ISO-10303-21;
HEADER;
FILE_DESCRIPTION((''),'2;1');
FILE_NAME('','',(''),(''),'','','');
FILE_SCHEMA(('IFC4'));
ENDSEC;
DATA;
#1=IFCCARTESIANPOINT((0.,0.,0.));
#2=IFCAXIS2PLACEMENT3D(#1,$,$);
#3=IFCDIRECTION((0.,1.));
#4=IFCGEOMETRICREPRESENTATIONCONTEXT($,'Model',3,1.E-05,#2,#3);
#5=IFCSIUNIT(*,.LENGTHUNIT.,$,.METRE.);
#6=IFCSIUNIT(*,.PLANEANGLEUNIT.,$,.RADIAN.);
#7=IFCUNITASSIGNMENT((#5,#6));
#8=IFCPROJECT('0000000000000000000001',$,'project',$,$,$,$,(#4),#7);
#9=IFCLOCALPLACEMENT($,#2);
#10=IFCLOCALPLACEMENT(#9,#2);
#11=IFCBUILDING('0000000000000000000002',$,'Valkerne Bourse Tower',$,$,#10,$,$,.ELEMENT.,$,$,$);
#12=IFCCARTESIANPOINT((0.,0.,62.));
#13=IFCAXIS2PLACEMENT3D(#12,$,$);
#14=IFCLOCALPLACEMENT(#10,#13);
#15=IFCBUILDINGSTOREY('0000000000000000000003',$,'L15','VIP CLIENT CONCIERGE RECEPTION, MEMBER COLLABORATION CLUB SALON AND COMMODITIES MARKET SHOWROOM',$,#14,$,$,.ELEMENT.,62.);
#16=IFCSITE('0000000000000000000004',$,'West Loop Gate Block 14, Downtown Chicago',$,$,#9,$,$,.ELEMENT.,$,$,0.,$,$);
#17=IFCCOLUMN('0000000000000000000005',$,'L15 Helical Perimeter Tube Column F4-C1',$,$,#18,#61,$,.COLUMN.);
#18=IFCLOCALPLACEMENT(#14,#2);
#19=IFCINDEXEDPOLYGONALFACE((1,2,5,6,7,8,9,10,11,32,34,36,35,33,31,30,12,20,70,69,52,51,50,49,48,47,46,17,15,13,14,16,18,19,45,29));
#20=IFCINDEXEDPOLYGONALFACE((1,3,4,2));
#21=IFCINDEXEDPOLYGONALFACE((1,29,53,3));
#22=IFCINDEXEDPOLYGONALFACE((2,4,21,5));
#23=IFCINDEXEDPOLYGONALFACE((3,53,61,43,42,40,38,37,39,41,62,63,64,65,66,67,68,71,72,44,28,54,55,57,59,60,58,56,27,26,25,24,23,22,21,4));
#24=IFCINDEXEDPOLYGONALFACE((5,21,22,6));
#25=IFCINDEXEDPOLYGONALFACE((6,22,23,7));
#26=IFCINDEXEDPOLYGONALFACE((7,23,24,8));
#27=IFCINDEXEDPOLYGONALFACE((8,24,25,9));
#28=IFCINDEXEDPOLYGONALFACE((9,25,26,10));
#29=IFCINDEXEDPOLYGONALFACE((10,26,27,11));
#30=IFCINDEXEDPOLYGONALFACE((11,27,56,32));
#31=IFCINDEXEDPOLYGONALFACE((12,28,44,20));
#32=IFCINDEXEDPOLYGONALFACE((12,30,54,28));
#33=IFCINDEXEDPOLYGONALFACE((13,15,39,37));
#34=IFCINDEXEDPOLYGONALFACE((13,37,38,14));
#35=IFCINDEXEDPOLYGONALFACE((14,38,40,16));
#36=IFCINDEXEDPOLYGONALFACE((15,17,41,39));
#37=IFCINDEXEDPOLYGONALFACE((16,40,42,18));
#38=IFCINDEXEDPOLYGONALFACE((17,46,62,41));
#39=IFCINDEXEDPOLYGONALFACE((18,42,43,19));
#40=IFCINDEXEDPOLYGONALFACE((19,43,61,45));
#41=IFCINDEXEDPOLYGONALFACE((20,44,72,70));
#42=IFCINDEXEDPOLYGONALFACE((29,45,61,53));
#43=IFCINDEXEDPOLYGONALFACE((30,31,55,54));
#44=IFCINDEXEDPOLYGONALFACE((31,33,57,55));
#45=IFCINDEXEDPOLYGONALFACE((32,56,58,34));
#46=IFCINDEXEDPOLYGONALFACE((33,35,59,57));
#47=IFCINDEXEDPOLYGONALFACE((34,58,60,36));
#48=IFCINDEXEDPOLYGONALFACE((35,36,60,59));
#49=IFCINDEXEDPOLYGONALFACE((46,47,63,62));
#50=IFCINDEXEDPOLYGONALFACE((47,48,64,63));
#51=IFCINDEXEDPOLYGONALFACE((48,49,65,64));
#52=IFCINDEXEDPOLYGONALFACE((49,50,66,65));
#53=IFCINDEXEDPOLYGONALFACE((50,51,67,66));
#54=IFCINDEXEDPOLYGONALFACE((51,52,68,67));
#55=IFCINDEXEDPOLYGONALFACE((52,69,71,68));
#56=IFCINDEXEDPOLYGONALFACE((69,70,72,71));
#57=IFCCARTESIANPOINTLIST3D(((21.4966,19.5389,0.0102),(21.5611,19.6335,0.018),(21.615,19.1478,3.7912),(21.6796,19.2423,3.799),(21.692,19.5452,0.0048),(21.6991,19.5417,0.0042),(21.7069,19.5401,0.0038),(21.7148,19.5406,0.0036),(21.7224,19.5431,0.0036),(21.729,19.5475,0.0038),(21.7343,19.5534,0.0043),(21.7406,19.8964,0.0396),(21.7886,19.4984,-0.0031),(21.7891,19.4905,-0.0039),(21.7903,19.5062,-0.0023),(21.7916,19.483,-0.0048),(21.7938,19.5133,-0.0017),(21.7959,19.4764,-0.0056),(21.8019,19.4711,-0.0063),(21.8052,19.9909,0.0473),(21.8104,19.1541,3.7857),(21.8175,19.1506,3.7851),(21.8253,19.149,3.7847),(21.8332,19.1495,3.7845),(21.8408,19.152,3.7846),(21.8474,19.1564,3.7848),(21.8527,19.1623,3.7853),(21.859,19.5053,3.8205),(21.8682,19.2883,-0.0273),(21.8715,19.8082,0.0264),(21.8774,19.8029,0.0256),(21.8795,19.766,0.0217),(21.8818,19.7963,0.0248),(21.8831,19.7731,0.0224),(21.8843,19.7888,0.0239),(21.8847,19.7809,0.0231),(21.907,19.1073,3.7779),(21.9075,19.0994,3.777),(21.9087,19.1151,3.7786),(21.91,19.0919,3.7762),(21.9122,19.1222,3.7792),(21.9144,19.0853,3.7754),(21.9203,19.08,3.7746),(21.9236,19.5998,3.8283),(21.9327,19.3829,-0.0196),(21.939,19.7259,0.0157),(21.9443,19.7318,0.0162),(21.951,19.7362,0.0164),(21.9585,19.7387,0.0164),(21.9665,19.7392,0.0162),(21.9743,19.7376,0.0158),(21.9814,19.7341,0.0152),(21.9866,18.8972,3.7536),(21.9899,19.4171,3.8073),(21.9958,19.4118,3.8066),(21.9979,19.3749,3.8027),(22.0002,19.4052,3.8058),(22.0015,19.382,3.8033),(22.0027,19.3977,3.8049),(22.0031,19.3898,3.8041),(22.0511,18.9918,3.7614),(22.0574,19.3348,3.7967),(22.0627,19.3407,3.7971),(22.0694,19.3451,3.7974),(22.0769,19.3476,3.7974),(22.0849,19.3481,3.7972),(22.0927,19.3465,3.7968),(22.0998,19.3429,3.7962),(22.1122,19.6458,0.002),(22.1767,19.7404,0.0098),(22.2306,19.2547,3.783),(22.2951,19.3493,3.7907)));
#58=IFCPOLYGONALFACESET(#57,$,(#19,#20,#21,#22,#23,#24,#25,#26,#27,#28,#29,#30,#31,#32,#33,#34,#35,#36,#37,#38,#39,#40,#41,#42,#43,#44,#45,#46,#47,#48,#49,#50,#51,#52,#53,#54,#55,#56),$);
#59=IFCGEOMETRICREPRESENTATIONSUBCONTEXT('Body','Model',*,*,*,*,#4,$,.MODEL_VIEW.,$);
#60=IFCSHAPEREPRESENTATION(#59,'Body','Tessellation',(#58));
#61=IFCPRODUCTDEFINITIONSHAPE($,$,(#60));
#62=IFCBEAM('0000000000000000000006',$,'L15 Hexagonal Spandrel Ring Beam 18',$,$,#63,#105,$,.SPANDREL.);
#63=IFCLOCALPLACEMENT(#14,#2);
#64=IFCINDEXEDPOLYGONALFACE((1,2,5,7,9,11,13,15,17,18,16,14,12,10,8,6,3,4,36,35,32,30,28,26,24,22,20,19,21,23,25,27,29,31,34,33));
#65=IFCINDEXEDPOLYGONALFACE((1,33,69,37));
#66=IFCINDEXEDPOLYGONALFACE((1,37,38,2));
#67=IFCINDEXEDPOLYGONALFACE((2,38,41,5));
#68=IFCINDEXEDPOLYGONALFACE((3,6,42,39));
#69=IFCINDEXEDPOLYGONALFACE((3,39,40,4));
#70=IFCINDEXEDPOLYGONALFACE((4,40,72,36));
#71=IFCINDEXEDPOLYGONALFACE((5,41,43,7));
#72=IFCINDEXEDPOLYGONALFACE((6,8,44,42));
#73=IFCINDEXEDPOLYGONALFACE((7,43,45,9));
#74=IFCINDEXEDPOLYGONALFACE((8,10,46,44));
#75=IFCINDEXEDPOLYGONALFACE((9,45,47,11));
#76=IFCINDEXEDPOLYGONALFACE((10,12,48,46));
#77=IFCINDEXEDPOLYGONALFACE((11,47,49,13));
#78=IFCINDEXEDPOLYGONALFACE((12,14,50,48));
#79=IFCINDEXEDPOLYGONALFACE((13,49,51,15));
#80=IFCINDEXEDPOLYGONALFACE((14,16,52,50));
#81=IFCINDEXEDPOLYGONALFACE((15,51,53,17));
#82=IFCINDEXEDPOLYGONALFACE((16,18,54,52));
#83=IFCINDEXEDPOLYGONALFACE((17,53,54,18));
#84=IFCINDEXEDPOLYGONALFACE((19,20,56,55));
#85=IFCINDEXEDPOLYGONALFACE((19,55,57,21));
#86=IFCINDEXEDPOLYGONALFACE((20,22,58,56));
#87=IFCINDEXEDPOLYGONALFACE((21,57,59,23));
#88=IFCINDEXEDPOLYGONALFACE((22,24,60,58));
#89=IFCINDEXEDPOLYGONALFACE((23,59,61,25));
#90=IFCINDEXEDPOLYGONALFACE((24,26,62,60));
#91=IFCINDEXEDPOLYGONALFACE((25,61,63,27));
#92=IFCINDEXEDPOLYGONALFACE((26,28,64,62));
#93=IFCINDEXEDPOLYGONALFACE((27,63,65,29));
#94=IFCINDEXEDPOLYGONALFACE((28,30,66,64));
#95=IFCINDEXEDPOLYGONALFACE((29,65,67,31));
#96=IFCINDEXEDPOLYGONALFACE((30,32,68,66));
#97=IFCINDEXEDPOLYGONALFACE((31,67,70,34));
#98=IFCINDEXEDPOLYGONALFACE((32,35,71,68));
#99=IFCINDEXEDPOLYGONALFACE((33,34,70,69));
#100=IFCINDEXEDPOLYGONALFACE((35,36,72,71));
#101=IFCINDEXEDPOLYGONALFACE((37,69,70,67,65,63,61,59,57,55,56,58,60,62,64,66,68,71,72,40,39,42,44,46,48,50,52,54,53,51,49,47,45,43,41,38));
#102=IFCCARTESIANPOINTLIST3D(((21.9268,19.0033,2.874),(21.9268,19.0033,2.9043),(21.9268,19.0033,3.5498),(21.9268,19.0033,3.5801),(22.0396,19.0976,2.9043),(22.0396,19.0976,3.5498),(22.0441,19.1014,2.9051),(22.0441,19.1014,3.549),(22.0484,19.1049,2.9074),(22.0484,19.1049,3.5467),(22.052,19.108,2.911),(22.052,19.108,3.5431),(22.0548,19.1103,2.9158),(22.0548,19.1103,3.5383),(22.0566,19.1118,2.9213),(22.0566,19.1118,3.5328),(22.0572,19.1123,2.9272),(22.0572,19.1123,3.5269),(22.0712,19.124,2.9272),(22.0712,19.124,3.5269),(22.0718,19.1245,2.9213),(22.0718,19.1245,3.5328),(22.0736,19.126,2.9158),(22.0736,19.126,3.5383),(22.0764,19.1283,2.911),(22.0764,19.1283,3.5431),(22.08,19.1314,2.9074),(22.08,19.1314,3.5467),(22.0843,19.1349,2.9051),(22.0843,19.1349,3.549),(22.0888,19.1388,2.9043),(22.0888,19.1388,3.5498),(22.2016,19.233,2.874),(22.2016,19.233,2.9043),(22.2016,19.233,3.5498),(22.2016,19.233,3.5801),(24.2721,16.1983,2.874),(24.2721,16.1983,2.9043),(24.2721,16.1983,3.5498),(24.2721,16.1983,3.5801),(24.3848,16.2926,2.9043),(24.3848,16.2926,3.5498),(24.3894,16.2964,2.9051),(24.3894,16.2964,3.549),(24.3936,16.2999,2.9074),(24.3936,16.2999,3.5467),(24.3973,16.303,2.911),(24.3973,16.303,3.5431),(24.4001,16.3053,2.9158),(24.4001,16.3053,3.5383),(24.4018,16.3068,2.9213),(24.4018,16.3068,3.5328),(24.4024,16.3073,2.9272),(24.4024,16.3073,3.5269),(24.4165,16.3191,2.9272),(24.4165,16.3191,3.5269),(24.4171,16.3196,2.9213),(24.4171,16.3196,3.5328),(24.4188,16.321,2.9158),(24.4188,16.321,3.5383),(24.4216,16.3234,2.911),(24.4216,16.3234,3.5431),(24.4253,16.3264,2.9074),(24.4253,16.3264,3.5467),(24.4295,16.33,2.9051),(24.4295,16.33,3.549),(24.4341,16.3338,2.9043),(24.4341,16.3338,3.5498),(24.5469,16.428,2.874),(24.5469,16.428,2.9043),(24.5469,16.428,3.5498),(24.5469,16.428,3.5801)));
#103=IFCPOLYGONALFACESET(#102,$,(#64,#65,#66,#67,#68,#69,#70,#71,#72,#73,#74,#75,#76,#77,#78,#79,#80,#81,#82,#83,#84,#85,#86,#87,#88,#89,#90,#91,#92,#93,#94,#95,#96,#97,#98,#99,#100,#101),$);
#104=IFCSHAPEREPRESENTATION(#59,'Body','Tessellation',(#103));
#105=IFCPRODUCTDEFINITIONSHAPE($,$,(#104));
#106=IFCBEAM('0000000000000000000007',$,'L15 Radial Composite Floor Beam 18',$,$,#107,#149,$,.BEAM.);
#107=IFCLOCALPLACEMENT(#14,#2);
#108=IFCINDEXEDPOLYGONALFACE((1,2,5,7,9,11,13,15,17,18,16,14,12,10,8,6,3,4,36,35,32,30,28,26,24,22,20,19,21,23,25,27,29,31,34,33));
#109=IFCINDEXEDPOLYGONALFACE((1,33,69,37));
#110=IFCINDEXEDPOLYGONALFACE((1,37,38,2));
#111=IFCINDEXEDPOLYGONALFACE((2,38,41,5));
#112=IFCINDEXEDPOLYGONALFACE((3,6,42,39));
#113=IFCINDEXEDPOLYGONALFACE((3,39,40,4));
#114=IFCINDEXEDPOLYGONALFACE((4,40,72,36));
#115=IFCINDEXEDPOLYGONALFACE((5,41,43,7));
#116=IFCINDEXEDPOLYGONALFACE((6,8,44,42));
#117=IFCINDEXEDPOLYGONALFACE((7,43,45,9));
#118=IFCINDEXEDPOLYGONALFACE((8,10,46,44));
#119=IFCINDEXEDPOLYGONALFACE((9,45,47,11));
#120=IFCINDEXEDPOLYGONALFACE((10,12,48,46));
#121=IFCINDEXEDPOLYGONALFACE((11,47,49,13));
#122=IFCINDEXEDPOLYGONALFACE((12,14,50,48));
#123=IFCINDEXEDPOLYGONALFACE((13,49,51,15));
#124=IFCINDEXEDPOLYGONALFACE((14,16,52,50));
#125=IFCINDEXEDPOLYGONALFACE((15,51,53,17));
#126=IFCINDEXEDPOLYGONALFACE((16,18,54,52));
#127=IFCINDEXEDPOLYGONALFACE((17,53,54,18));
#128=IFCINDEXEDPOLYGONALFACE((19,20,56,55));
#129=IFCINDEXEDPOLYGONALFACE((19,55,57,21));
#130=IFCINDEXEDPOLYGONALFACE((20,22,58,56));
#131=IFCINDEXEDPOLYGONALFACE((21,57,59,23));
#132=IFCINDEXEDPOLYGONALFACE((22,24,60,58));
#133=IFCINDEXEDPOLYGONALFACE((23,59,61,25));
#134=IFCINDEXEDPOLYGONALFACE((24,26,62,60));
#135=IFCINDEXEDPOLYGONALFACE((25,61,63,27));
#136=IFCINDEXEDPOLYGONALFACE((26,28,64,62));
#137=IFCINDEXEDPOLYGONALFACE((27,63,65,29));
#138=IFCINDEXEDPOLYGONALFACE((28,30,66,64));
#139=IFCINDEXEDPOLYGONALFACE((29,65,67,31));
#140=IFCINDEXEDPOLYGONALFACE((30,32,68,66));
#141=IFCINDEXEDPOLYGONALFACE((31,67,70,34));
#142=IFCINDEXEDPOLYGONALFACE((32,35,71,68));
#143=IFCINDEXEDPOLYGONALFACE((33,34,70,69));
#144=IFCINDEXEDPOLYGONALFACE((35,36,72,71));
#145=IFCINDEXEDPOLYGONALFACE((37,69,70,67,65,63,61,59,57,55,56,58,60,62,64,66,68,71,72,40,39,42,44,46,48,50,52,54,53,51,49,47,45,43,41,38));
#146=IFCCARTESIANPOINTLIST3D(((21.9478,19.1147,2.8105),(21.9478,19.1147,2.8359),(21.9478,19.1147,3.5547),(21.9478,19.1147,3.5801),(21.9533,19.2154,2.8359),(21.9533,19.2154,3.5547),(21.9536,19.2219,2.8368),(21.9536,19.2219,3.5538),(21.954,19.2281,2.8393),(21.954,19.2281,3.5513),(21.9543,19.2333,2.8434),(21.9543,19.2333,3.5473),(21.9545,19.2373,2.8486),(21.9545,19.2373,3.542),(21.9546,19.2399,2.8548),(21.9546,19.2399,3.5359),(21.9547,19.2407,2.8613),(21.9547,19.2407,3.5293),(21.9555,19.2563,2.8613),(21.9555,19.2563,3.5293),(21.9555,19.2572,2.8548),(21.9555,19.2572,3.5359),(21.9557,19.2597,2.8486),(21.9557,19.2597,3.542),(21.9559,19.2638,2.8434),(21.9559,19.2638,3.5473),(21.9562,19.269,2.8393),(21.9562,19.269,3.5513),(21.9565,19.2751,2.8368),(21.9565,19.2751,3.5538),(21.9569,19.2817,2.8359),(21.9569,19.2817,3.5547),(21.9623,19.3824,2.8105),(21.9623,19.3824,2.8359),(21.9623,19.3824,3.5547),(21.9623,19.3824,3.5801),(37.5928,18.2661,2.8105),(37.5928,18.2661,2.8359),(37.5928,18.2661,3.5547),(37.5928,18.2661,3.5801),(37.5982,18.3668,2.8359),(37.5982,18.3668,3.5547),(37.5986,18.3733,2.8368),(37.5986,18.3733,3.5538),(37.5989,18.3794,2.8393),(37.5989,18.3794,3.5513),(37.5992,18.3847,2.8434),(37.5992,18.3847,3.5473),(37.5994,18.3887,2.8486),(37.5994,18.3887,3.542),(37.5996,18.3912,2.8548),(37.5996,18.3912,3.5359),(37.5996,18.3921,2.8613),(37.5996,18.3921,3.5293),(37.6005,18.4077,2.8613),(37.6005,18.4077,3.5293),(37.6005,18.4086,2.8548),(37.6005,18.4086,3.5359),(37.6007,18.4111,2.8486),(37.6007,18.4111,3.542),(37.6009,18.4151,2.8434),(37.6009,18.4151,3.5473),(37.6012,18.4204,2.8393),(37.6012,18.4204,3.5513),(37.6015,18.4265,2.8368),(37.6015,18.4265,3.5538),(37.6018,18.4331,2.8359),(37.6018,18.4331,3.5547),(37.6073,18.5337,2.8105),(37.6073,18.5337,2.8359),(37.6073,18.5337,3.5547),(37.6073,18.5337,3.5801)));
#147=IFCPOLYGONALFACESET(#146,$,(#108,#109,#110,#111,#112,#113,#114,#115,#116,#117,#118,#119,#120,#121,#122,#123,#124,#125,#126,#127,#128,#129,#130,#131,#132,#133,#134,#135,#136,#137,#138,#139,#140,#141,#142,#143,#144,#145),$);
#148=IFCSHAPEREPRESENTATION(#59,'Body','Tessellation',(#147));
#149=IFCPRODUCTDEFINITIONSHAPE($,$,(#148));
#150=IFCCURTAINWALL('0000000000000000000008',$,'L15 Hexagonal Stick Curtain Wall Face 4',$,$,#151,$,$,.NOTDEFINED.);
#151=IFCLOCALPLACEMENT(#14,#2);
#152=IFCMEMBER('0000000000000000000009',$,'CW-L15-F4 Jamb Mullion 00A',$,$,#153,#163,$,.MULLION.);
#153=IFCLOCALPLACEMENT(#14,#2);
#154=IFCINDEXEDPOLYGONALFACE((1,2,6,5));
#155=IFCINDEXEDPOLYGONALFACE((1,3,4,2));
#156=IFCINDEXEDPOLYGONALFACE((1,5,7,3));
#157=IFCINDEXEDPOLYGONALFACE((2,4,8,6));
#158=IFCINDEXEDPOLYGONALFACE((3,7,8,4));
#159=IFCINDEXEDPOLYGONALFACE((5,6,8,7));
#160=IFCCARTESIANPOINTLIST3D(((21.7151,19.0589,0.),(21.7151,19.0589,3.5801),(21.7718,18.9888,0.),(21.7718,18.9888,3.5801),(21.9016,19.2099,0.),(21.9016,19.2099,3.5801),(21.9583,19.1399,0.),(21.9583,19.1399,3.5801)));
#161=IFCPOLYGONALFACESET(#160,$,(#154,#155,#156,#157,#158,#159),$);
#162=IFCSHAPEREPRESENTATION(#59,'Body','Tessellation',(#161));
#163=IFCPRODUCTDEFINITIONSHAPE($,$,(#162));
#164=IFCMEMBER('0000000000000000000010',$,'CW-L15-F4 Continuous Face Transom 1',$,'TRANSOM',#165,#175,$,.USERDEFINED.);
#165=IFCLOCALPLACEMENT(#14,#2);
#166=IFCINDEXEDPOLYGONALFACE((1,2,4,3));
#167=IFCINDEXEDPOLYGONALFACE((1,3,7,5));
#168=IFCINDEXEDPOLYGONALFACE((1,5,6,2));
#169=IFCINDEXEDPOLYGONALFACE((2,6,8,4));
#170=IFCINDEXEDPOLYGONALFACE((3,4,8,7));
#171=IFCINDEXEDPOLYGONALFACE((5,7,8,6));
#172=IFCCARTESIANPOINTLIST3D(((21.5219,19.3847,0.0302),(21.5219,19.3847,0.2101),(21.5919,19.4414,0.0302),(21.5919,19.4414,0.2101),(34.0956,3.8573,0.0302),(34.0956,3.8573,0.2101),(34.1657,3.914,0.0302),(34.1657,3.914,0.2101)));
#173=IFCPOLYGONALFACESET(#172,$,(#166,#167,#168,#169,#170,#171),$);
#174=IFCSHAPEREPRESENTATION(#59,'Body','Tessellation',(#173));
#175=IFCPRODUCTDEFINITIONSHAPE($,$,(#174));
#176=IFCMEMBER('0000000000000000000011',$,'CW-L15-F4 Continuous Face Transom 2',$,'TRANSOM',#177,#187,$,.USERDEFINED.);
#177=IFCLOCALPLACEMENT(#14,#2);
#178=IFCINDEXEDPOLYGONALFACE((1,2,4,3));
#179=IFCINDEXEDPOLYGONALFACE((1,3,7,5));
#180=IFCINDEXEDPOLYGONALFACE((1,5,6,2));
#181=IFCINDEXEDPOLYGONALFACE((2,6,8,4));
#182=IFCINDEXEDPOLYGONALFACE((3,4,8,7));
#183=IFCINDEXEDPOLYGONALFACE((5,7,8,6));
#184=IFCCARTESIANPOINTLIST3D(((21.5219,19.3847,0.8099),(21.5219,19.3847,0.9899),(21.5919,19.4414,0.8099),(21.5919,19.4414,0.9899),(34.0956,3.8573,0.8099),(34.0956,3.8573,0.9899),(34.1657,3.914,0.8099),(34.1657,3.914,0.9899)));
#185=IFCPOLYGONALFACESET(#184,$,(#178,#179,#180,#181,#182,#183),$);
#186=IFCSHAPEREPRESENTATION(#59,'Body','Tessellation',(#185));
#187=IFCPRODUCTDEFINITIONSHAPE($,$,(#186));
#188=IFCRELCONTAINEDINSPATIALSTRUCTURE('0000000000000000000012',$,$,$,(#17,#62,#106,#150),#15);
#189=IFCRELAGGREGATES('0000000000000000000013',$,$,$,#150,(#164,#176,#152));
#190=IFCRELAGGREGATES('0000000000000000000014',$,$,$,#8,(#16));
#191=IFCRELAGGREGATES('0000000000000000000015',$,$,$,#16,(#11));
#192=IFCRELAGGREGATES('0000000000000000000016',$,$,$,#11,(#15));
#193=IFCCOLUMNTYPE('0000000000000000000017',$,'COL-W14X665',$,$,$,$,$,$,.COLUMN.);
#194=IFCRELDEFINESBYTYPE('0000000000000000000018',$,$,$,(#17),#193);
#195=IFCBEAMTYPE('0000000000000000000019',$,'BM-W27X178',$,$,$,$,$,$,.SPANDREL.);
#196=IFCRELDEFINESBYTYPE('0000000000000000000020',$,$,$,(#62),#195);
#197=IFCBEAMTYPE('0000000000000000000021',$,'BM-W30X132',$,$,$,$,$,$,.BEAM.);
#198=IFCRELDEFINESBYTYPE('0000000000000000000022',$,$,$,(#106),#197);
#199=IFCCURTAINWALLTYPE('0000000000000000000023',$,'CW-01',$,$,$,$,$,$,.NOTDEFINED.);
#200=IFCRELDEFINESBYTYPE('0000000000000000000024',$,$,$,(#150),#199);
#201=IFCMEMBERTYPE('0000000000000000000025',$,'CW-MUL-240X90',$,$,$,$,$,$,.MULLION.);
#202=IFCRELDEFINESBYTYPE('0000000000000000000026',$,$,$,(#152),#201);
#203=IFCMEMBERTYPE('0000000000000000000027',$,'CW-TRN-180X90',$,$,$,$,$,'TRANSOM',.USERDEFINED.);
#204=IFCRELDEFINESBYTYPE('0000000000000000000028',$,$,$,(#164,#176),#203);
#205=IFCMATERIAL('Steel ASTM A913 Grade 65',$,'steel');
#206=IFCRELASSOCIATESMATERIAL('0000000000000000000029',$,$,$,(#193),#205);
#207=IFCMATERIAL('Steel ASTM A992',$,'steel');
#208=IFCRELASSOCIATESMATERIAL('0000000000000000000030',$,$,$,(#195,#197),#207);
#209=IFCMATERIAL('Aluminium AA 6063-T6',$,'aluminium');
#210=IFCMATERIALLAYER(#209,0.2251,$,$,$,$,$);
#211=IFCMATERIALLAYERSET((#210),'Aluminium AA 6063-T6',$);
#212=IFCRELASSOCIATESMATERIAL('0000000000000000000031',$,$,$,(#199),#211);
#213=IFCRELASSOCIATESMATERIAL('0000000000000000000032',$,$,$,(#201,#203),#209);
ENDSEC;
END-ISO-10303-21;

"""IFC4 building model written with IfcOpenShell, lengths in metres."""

from ifc_helpers import new_model, si_unit, direction, frame, origin, origin_2d, place, context, subcontext, project, spatial, rectangle, i_section, extrude, material, layer, layer_set, material_profile, profile_set, type_object, element, aggregate, save


model = new_model("IFC4")

# Units and contexts
model_context = context("Model", 3, precision=1e-05, world=origin(), true_north=direction((0.0, 1.0)))
body_context = subcontext(model_context, "Body", "Model", "MODEL_VIEW")
ifc_project = project(units=[si_unit("LENGTHUNIT", "METRE"), si_unit("PLANEANGLEUNIT", "RADIAN")], contexts=[model_context])

# Site, building, storey
site_placement = place(None, origin())
site = spatial("IfcSite", under=ifc_project, at=site_placement, Name="West Loop Gate Block 14, Downtown Chicago", CompositionType="ELEMENT", RefElevation=0.0)
building_placement = place(site_placement, origin())
building = spatial("IfcBuilding", under=site, at=building_placement, Name="Valkerne Bourse Tower", CompositionType="ELEMENT")
storey_placement = place(building_placement, frame((0.0, 0.0, 62.0)))
storey = spatial("IfcBuildingStorey", under=building, at=storey_placement, Name="L15", Description="VIP CLIENT CONCIERGE RECEPTION, MEMBER COLLABORATION CLUB SALON AND COMMODITIES MARKET SHOWROOM", CompositionType="ELEMENT", Elevation=62.0)

# Column
ifc_material_1 = material(Name="Steel ASTM A913 Grade 65", Category="steel")
ifc_material_profile_1 = material_profile(ifc_material_1, i_section(OverallWidth=0.4497, OverallDepth=0.5486, WebThickness=0.072, FlangeThickness=0.1147, FilletRadius=0.0305, at=origin_2d()), Name="W14X665")
ifc_profile_set_1 = profile_set([ifc_material_profile_1], Name="Steel ASTM A913 Grade 65")
column_type = type_object("IfcColumnType", Name="COL-W14X665", PredefinedType="COLUMN", material=ifc_profile_set_1)
column_placement = place(storey_placement, frame((21.8367, 19.6396, 0.01), z_axis=(0.031135, -0.102843, 0.99421), x_axis=(0.826203, -0.557149, -0.083506)))
element("IfcColumn", 1, at=column_placement, inside=storey, type_object=column_type, Name="L15 Helical Perimeter Tube Column F4-C1", PredefinedType="COLUMN", context=body_context, shape_type="SweptSolid", body=[
    extrude(i_section(OverallWidth=0.4497, OverallDepth=0.5486, WebThickness=0.072, FlangeThickness=0.1147, FilletRadius=0.0305, at=origin_2d()), origin(), (0.0, 0.0, 1.0), 3.803),
])

# Beams
ifc_material_2 = material(Name="Steel ASTM A992", Category="steel")
ifc_material_profile_2 = material_profile(ifc_material_2, i_section(OverallWidth=0.3582, OverallDepth=0.7061, WebThickness=0.0183, FlangeThickness=0.0303, FilletRadius=0.0229, at=origin_2d()), Name="W27X178")
ifc_profile_set_2 = profile_set([ifc_material_profile_2], Name="Steel ASTM A992")
beam_type_1 = type_object("IfcBeamType", Name="BM-W27X178", PredefinedType="SPANDREL", material=ifc_profile_set_2)
beam_1_placement = place(storey_placement, frame((22.0642, 19.1182, 3.2271), z_axis=(0.641438, -0.767175, 0.0), x_axis=(0.767175, 0.641438, 0.0)))
element("IfcBeam", 2, at=beam_1_placement, inside=storey, type_object=beam_type_1, Name="L15 Hexagonal Spandrel Ring Beam 18", PredefinedType="SPANDREL", context=body_context, shape_type="SweptSolid", body=[
    extrude(i_section(OverallWidth=0.3582, OverallDepth=0.7061, WebThickness=0.0183, FlangeThickness=0.0303, FilletRadius=0.0229, at=origin_2d()), origin(), (0.0, 0.0, 1.0), 3.6562),
])
ifc_material_profile_3 = material_profile(ifc_material_2, i_section(OverallWidth=0.2681, OverallDepth=0.7695, WebThickness=0.0156, FlangeThickness=0.0254, FilletRadius=0.0254, at=origin_2d()), Name="W30X132")
ifc_profile_set_3 = profile_set([ifc_material_profile_3], Name="Steel ASTM A992")
beam_type_2 = type_object("IfcBeamType", Name="BM-W30X132", PredefinedType="BEAM", material=ifc_profile_set_3)
beam_2_placement = place(storey_placement, frame((21.9551, 19.2485, 3.1953), z_axis=(0.998532, -0.054163, 0.0), x_axis=(0.054163, 0.998532, 0.0)))
element("IfcBeam", 3, at=beam_2_placement, inside=storey, type_object=beam_type_2, Name="L15 Radial Composite Floor Beam 18", PredefinedType="BEAM", context=body_context, shape_type="SweptSolid", body=[
    extrude(i_section(OverallWidth=0.2681, OverallDepth=0.7695, WebThickness=0.0156, FlangeThickness=0.0254, FilletRadius=0.0254, at=origin_2d()), origin(), (0.0, 0.0, 1.0), 15.668),
])

# Curtain wall, members
ifc_material_3 = material(Name="Aluminium AA 6063-T6", Category="aluminium")
ifc_layer_1 = layer(ifc_material_3, 0.2251)
ifc_layer_set_1 = layer_set([ifc_layer_1], Name="Aluminium AA 6063-T6")
curtain_wall_type = type_object("IfcCurtainWallType", Name="CW-01", PredefinedType="NOTDEFINED", material=ifc_layer_set_1)
curtain_wall_placement = place(storey_placement, origin())
curtain_wall = element("IfcCurtainWall", 4, at=curtain_wall_placement, inside=storey, type_object=curtain_wall_type, Name="L15 Hexagonal Stick Curtain Wall Face 4", PredefinedType="NOTDEFINED")
ifc_material_profile_4 = material_profile(ifc_material_3, rectangle(XDim=0.0901, YDim=0.24, at=origin_2d()), Name="CWM-90X240")
ifc_profile_set_4 = profile_set([ifc_material_profile_4], Name="Aluminium AA 6063-T6")
member_type_1 = type_object("IfcMemberType", Name="CW-MUL-240X90", PredefinedType="MULLION", material=ifc_profile_set_4)
member_1_placement = place(storey_placement, frame((21.8367, 19.0994, 0.0), z_axis=(0.0, 0.0, 1.0), x_axis=(0.62932, -0.777146, 0.0)))
member_1 = element("IfcMember", 5, at=member_1_placement, type_object=member_type_1, Name="CW-L15-F4 Jamb Mullion 00A", PredefinedType="MULLION", context=body_context, shape_type="SweptSolid", body=[
    extrude(rectangle(XDim=0.0901, YDim=0.24, at=origin_2d()), origin(), (0.0, 0.0, 1.0), 3.5801),
])
ifc_material_profile_5 = material_profile(ifc_material_3, rectangle(XDim=0.0901, YDim=0.1799, at=origin_2d()), Name="CWT-90X180")
ifc_profile_set_5 = profile_set([ifc_material_profile_5], Name="Aluminium AA 6063-T6")
member_type_2 = type_object("IfcMemberType", Name="CW-TRN-180X90", ElementType="TRANSOM", PredefinedType="USERDEFINED", material=ifc_profile_set_5)
member_2_placement = place(storey_placement, frame((21.5569, 19.4131, 0.1201), z_axis=(0.629318, -0.777148, 0.0), x_axis=(0.777148, 0.629318, 0.0)))
member_2 = element("IfcMember", 6, at=member_2_placement, type_object=member_type_2, Name="CW-L15-F4 Continuous Face Transom 1", ObjectType="TRANSOM", PredefinedType="USERDEFINED", context=body_context, shape_type="SweptSolid", body=[
    extrude(rectangle(XDim=0.0901, YDim=0.1799, at=origin_2d()), origin(), (0.0, 0.0, 1.0), 19.98),
])
member_3_placement = place(storey_placement, frame((21.5569, 19.4131, 0.8999), z_axis=(0.629318, -0.777148, 0.0), x_axis=(0.777148, 0.629318, 0.0)))
member_3 = element("IfcMember", 7, at=member_3_placement, type_object=member_type_2, Name="CW-L15-F4 Continuous Face Transom 2", ObjectType="TRANSOM", PredefinedType="USERDEFINED", context=body_context, shape_type="SweptSolid", body=[
    extrude(rectangle(XDim=0.0901, YDim=0.1799, at=origin_2d()), origin(), (0.0, 0.0, 1.0), 19.98),
])

aggregate(curtain_wall, [member_2, member_3, member_1])

save(model, "model.ifc")
